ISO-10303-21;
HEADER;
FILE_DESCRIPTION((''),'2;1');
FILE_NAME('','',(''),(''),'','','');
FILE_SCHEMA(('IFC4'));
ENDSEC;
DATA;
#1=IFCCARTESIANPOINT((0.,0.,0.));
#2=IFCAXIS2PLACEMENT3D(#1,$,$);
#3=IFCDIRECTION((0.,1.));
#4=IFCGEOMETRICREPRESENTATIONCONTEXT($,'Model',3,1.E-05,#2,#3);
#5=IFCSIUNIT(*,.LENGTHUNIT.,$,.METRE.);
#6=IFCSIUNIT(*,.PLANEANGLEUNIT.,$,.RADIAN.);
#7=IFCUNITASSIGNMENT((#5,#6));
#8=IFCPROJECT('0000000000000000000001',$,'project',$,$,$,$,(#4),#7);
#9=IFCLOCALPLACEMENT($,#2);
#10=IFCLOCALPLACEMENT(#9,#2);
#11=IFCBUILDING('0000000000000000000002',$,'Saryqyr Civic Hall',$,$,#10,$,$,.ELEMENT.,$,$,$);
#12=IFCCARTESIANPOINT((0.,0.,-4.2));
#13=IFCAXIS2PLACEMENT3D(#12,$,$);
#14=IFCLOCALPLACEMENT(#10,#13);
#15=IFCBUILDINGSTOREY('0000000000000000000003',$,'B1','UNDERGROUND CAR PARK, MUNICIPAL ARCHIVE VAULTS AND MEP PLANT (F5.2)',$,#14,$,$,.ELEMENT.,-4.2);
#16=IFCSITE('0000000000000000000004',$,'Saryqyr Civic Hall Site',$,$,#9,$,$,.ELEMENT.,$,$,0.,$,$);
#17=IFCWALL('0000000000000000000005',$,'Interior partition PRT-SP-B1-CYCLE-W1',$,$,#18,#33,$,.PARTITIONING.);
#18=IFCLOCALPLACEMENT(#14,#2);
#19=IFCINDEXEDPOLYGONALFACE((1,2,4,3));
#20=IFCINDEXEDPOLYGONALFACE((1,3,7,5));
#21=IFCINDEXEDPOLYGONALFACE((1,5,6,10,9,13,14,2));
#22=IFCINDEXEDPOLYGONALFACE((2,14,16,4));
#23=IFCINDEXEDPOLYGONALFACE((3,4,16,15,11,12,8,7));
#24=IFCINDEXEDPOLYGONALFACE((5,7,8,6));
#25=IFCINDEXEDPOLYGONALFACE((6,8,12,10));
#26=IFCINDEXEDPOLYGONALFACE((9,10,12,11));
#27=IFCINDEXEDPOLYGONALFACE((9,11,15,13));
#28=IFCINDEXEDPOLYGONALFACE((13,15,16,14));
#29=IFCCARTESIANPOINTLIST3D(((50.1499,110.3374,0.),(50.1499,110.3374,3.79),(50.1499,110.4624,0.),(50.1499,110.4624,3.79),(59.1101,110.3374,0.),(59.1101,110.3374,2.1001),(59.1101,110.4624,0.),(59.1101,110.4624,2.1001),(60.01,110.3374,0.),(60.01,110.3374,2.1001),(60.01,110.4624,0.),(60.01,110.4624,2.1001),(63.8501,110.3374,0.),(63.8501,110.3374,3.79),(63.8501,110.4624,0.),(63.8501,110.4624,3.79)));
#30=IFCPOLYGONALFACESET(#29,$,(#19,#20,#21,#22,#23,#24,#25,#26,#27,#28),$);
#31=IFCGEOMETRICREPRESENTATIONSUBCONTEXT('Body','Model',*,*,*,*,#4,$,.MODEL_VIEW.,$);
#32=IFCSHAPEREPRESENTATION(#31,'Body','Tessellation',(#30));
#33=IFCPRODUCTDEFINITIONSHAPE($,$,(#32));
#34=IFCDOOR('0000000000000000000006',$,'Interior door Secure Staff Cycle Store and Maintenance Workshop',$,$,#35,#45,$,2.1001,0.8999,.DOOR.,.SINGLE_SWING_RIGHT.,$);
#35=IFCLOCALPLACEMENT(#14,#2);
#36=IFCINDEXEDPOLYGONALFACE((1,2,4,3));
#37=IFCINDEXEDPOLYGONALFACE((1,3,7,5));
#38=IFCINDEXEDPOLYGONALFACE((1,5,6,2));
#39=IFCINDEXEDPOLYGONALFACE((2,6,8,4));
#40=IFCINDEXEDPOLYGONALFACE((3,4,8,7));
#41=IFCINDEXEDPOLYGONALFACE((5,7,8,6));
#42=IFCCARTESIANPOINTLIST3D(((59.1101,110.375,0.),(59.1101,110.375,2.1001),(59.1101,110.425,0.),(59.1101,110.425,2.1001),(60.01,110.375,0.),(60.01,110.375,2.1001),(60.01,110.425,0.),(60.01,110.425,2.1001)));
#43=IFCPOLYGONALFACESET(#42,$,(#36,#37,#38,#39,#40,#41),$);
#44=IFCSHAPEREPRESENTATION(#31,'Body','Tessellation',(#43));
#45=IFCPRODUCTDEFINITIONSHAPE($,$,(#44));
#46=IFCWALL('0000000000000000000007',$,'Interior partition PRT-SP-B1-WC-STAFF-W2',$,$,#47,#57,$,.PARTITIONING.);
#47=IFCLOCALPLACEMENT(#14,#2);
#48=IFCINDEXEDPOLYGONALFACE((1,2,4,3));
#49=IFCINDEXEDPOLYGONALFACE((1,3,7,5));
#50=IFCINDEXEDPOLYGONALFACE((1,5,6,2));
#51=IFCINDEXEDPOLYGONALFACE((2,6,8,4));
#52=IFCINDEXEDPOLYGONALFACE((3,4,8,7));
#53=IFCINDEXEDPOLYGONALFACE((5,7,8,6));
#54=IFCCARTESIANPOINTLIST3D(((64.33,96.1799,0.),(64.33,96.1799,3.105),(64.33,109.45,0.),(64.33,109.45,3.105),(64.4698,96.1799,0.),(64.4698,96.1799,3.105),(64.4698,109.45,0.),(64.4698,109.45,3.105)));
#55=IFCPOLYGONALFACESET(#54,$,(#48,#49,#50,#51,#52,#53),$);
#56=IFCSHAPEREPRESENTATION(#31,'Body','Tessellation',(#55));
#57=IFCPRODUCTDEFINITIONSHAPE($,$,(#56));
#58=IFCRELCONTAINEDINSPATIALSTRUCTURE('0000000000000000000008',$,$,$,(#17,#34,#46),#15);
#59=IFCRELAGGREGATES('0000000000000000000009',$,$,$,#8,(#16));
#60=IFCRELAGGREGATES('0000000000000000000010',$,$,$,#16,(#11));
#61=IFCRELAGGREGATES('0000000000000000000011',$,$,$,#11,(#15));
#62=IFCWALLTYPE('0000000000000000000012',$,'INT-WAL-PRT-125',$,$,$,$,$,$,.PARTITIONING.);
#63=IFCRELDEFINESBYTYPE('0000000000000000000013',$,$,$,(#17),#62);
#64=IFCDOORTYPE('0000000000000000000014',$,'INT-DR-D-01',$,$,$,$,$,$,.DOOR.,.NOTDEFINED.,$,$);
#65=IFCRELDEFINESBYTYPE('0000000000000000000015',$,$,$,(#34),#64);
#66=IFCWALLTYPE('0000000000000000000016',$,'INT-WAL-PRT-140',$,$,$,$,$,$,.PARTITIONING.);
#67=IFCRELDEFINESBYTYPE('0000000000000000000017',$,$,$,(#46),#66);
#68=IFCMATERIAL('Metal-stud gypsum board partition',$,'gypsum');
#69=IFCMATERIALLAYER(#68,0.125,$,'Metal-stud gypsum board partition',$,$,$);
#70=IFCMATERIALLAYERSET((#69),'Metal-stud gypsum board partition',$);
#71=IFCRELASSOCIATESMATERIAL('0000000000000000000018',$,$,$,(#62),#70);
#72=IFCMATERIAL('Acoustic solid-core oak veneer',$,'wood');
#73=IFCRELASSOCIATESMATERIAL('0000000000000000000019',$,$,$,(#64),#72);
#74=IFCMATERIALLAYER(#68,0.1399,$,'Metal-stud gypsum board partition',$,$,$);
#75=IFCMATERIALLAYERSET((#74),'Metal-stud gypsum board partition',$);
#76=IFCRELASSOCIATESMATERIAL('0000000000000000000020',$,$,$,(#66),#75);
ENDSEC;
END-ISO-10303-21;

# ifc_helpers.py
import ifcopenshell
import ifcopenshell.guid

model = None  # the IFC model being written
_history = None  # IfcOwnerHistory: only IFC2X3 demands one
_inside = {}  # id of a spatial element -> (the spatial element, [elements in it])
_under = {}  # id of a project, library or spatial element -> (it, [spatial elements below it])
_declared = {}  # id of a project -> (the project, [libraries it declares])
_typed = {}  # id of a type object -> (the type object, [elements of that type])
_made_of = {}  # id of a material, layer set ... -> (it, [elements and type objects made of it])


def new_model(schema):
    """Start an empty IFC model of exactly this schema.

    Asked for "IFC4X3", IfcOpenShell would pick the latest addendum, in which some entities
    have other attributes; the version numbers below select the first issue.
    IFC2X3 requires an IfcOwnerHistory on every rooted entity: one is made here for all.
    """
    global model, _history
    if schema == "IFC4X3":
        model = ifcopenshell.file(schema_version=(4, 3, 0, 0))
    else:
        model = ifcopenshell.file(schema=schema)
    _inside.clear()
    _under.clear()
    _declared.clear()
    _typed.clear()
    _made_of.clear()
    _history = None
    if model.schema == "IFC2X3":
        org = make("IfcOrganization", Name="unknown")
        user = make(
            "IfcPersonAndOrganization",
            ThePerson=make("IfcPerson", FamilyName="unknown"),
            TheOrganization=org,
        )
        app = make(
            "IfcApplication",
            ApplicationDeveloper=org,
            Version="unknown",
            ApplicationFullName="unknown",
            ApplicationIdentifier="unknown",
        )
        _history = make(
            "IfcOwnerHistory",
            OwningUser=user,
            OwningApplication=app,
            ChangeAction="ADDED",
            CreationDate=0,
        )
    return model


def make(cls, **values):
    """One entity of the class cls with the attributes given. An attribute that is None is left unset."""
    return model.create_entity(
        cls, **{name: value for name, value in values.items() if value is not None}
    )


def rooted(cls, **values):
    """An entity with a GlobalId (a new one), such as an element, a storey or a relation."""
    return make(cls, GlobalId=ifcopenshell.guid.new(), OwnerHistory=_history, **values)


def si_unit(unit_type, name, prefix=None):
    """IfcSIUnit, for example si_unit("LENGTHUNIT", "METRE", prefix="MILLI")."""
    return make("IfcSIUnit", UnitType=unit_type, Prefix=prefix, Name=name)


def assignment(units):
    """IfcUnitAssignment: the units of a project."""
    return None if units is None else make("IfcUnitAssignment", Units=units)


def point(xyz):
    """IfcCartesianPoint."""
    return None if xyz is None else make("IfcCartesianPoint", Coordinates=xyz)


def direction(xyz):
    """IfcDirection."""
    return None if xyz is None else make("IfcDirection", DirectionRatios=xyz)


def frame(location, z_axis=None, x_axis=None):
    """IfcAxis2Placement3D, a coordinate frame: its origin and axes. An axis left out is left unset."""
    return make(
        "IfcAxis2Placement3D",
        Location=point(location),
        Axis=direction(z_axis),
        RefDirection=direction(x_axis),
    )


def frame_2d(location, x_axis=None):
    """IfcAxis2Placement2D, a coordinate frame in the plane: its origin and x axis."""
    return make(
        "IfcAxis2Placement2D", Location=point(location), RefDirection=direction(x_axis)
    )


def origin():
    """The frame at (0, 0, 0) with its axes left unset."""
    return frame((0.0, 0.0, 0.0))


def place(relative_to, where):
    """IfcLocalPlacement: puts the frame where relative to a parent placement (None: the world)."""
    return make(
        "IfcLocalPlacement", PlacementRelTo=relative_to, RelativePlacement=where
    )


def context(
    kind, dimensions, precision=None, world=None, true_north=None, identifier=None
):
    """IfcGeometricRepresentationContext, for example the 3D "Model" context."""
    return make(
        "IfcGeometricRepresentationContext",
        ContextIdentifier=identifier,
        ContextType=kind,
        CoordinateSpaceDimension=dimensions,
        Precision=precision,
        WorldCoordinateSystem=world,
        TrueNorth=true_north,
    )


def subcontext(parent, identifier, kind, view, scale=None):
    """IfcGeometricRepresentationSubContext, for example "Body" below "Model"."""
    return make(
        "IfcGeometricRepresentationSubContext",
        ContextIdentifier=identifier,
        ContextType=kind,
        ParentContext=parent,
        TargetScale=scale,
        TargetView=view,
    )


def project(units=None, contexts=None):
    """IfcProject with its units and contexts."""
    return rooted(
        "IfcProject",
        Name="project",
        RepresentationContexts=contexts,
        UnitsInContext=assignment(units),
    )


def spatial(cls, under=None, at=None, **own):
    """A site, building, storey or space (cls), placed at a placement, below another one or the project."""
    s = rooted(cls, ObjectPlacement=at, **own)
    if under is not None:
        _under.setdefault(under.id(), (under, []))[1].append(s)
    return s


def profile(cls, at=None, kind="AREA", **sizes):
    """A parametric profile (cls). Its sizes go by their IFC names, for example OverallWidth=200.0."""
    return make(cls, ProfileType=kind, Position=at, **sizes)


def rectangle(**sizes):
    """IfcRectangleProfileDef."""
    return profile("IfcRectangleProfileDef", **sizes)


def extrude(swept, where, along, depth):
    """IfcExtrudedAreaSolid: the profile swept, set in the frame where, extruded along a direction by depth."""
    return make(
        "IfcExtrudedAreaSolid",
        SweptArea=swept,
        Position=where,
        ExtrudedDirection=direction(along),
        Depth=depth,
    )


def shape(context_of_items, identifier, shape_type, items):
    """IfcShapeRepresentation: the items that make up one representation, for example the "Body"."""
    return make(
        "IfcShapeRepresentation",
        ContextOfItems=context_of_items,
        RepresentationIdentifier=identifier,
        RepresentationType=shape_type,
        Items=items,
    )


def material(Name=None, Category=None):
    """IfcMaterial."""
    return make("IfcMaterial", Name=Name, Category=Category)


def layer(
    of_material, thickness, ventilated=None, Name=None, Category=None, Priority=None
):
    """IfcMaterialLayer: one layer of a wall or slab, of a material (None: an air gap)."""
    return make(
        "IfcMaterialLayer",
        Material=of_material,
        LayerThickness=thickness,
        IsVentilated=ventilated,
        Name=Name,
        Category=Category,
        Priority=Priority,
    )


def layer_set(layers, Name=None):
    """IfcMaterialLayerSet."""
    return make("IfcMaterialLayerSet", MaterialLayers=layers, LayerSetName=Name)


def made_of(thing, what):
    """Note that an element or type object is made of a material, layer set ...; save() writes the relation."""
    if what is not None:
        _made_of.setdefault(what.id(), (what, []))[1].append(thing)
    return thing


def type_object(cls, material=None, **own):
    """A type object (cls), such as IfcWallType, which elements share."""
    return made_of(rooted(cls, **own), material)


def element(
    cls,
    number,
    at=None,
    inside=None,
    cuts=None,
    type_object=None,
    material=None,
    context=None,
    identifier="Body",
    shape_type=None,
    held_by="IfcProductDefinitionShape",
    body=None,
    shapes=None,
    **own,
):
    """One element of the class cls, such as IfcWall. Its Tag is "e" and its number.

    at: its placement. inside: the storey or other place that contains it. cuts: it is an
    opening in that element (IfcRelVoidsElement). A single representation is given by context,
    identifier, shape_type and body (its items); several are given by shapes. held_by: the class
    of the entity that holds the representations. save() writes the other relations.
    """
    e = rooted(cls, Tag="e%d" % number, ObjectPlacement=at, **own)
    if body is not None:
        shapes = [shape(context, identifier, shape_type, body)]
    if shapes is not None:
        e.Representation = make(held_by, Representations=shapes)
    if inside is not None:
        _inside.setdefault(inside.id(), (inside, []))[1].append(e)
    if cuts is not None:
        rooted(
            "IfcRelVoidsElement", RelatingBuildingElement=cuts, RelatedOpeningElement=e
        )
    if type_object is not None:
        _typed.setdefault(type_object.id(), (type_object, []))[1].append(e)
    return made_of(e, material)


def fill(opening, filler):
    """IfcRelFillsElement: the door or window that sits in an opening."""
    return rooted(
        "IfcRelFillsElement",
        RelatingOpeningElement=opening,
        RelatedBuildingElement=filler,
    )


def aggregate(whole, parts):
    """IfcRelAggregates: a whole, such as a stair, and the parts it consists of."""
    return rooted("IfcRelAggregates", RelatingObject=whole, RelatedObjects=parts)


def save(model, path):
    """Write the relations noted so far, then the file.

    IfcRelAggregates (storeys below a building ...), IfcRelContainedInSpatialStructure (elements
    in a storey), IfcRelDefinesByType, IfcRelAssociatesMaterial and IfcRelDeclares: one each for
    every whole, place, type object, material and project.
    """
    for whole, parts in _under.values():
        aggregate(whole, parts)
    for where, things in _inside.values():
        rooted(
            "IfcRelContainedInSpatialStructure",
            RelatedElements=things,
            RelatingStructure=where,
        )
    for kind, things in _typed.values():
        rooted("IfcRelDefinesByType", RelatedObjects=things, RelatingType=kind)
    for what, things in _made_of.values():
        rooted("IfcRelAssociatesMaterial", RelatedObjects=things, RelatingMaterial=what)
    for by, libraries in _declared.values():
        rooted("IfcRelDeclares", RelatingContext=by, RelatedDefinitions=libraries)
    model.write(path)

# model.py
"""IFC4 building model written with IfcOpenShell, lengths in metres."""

from ifc_helpers import new_model, si_unit, direction, frame, frame_2d, origin, place, context, subcontext, project, spatial, rectangle, extrude, material, layer, layer_set, type_object, element, fill, save


model = new_model("IFC4")

# Units and contexts
model_context = context("Model", 3, precision=1e-05, world=origin(), true_north=direction((0.0, 1.0)))
body_context = subcontext(model_context, "Body", "Model", "MODEL_VIEW")
ifc_project = project(units=[si_unit("LENGTHUNIT", "METRE"), si_unit("PLANEANGLEUNIT", "RADIAN")], contexts=[model_context])

# Site, building, storey
site_placement = place(None, origin())
site = spatial("IfcSite", under=ifc_project, at=site_placement, Name="Saryqyr Civic Hall Site", CompositionType="ELEMENT", RefElevation=0.0)
building_placement = place(site_placement, origin())
building = spatial("IfcBuilding", under=site, at=building_placement, Name="Saryqyr Civic Hall", CompositionType="ELEMENT")
storey_placement = place(building_placement, frame((0.0, 0.0, -4.2)))
storey = spatial("IfcBuildingStorey", under=building, at=storey_placement, Name="B1", Description="UNDERGROUND CAR PARK, MUNICIPAL ARCHIVE VAULTS AND MEP PLANT (F5.2)", CompositionType="ELEMENT", Elevation=-4.2)

# Wall, opening, door
ifc_material_1 = material(Name="Metal-stud gypsum board partition", Category="gypsum")
ifc_layer_1 = layer(ifc_material_1, 0.125, Name="Metal-stud gypsum board partition")
ifc_layer_set_1 = layer_set([ifc_layer_1], Name="Metal-stud gypsum board partition")
wall_type_1 = type_object("IfcWallType", Name="INT-WAL-PRT-125", PredefinedType="PARTITIONING", material=ifc_layer_set_1)
wall_1_placement = place(storey_placement, frame((63.8501, 110.3999, 0.0), z_axis=(0.0, 0.0, 1.0), x_axis=(-1.0, 0.0, 0.0)))
wall_1 = element("IfcWall", 1, at=wall_1_placement, inside=storey, type_object=wall_type_1, Name="Interior partition PRT-SP-B1-CYCLE-W1", PredefinedType="PARTITIONING", context=body_context, shape_type="SweptSolid", body=[
    extrude(rectangle(XDim=13.7002, YDim=0.125, at=frame_2d((6.8501, 0.0))), origin(), (0.0, 0.0, 1.0), 3.79),
])
opening_placement = place(wall_1_placement, frame((3.8401, 0.0, 0.0)))
opening = element("IfcOpeningElement", 2, at=opening_placement, cuts=wall_1, PredefinedType="OPENING", context=body_context, shape_type="SweptSolid", body=[
    extrude(rectangle(XDim=0.8999, YDim=2.1001, at=frame_2d((0.45, 1.05))), frame((0.0, 0.0725, 0.0), z_axis=(0.0, -1.0, 0.0), x_axis=(1.0, 0.0, 0.0)), (0.0, 0.0, 1.0), 0.145),
])
ifc_material_2 = material(Name="Acoustic solid-core oak veneer", Category="wood")
door_type = type_object("IfcDoorType", Name="INT-DR-D-01", OperationType="NOTDEFINED", PredefinedType="DOOR", material=ifc_material_2)
door_placement = place(opening_placement, origin())
door = element("IfcDoor", 3, at=door_placement, inside=storey, type_object=door_type, Name="Interior door Secure Staff Cycle Store and Maintenance Workshop", OperationType="SINGLE_SWING_RIGHT", OverallHeight=2.1001, OverallWidth=0.8999, PredefinedType="DOOR", context=body_context, shape_type="SweptSolid", body=[
    extrude(rectangle(XDim=0.8999, YDim=2.1001, at=frame_2d((0.45, 1.05))), frame((0.0, 0.0249, 0.0), z_axis=(0.0, -1.0, 0.0), x_axis=(1.0, 0.0, 0.0)), (0.0, 0.0, 1.0), 0.05),
])
fill(opening, door)

# Wall
ifc_layer_2 = layer(ifc_material_1, 0.1399, Name="Metal-stud gypsum board partition")
ifc_layer_set_2 = layer_set([ifc_layer_2], Name="Metal-stud gypsum board partition")
wall_type_2 = type_object("IfcWallType", Name="INT-WAL-PRT-140", PredefinedType="PARTITIONING", material=ifc_layer_set_2)
wall_2_placement = place(storey_placement, frame((64.3999, 109.45, 0.0), z_axis=(0.0, 0.0, 1.0), x_axis=(0.0, -1.0, 0.0)))
element("IfcWall", 4, at=wall_2_placement, inside=storey, type_object=wall_type_2, Name="Interior partition PRT-SP-B1-WC-STAFF-W2", PredefinedType="PARTITIONING", context=body_context, shape_type="SweptSolid", body=[
    extrude(rectangle(XDim=13.27, YDim=0.1399, at=frame_2d((6.635, 0.0))), origin(), (0.0, 0.0, 1.0), 3.105),
])

save(model, "model.ifc")
